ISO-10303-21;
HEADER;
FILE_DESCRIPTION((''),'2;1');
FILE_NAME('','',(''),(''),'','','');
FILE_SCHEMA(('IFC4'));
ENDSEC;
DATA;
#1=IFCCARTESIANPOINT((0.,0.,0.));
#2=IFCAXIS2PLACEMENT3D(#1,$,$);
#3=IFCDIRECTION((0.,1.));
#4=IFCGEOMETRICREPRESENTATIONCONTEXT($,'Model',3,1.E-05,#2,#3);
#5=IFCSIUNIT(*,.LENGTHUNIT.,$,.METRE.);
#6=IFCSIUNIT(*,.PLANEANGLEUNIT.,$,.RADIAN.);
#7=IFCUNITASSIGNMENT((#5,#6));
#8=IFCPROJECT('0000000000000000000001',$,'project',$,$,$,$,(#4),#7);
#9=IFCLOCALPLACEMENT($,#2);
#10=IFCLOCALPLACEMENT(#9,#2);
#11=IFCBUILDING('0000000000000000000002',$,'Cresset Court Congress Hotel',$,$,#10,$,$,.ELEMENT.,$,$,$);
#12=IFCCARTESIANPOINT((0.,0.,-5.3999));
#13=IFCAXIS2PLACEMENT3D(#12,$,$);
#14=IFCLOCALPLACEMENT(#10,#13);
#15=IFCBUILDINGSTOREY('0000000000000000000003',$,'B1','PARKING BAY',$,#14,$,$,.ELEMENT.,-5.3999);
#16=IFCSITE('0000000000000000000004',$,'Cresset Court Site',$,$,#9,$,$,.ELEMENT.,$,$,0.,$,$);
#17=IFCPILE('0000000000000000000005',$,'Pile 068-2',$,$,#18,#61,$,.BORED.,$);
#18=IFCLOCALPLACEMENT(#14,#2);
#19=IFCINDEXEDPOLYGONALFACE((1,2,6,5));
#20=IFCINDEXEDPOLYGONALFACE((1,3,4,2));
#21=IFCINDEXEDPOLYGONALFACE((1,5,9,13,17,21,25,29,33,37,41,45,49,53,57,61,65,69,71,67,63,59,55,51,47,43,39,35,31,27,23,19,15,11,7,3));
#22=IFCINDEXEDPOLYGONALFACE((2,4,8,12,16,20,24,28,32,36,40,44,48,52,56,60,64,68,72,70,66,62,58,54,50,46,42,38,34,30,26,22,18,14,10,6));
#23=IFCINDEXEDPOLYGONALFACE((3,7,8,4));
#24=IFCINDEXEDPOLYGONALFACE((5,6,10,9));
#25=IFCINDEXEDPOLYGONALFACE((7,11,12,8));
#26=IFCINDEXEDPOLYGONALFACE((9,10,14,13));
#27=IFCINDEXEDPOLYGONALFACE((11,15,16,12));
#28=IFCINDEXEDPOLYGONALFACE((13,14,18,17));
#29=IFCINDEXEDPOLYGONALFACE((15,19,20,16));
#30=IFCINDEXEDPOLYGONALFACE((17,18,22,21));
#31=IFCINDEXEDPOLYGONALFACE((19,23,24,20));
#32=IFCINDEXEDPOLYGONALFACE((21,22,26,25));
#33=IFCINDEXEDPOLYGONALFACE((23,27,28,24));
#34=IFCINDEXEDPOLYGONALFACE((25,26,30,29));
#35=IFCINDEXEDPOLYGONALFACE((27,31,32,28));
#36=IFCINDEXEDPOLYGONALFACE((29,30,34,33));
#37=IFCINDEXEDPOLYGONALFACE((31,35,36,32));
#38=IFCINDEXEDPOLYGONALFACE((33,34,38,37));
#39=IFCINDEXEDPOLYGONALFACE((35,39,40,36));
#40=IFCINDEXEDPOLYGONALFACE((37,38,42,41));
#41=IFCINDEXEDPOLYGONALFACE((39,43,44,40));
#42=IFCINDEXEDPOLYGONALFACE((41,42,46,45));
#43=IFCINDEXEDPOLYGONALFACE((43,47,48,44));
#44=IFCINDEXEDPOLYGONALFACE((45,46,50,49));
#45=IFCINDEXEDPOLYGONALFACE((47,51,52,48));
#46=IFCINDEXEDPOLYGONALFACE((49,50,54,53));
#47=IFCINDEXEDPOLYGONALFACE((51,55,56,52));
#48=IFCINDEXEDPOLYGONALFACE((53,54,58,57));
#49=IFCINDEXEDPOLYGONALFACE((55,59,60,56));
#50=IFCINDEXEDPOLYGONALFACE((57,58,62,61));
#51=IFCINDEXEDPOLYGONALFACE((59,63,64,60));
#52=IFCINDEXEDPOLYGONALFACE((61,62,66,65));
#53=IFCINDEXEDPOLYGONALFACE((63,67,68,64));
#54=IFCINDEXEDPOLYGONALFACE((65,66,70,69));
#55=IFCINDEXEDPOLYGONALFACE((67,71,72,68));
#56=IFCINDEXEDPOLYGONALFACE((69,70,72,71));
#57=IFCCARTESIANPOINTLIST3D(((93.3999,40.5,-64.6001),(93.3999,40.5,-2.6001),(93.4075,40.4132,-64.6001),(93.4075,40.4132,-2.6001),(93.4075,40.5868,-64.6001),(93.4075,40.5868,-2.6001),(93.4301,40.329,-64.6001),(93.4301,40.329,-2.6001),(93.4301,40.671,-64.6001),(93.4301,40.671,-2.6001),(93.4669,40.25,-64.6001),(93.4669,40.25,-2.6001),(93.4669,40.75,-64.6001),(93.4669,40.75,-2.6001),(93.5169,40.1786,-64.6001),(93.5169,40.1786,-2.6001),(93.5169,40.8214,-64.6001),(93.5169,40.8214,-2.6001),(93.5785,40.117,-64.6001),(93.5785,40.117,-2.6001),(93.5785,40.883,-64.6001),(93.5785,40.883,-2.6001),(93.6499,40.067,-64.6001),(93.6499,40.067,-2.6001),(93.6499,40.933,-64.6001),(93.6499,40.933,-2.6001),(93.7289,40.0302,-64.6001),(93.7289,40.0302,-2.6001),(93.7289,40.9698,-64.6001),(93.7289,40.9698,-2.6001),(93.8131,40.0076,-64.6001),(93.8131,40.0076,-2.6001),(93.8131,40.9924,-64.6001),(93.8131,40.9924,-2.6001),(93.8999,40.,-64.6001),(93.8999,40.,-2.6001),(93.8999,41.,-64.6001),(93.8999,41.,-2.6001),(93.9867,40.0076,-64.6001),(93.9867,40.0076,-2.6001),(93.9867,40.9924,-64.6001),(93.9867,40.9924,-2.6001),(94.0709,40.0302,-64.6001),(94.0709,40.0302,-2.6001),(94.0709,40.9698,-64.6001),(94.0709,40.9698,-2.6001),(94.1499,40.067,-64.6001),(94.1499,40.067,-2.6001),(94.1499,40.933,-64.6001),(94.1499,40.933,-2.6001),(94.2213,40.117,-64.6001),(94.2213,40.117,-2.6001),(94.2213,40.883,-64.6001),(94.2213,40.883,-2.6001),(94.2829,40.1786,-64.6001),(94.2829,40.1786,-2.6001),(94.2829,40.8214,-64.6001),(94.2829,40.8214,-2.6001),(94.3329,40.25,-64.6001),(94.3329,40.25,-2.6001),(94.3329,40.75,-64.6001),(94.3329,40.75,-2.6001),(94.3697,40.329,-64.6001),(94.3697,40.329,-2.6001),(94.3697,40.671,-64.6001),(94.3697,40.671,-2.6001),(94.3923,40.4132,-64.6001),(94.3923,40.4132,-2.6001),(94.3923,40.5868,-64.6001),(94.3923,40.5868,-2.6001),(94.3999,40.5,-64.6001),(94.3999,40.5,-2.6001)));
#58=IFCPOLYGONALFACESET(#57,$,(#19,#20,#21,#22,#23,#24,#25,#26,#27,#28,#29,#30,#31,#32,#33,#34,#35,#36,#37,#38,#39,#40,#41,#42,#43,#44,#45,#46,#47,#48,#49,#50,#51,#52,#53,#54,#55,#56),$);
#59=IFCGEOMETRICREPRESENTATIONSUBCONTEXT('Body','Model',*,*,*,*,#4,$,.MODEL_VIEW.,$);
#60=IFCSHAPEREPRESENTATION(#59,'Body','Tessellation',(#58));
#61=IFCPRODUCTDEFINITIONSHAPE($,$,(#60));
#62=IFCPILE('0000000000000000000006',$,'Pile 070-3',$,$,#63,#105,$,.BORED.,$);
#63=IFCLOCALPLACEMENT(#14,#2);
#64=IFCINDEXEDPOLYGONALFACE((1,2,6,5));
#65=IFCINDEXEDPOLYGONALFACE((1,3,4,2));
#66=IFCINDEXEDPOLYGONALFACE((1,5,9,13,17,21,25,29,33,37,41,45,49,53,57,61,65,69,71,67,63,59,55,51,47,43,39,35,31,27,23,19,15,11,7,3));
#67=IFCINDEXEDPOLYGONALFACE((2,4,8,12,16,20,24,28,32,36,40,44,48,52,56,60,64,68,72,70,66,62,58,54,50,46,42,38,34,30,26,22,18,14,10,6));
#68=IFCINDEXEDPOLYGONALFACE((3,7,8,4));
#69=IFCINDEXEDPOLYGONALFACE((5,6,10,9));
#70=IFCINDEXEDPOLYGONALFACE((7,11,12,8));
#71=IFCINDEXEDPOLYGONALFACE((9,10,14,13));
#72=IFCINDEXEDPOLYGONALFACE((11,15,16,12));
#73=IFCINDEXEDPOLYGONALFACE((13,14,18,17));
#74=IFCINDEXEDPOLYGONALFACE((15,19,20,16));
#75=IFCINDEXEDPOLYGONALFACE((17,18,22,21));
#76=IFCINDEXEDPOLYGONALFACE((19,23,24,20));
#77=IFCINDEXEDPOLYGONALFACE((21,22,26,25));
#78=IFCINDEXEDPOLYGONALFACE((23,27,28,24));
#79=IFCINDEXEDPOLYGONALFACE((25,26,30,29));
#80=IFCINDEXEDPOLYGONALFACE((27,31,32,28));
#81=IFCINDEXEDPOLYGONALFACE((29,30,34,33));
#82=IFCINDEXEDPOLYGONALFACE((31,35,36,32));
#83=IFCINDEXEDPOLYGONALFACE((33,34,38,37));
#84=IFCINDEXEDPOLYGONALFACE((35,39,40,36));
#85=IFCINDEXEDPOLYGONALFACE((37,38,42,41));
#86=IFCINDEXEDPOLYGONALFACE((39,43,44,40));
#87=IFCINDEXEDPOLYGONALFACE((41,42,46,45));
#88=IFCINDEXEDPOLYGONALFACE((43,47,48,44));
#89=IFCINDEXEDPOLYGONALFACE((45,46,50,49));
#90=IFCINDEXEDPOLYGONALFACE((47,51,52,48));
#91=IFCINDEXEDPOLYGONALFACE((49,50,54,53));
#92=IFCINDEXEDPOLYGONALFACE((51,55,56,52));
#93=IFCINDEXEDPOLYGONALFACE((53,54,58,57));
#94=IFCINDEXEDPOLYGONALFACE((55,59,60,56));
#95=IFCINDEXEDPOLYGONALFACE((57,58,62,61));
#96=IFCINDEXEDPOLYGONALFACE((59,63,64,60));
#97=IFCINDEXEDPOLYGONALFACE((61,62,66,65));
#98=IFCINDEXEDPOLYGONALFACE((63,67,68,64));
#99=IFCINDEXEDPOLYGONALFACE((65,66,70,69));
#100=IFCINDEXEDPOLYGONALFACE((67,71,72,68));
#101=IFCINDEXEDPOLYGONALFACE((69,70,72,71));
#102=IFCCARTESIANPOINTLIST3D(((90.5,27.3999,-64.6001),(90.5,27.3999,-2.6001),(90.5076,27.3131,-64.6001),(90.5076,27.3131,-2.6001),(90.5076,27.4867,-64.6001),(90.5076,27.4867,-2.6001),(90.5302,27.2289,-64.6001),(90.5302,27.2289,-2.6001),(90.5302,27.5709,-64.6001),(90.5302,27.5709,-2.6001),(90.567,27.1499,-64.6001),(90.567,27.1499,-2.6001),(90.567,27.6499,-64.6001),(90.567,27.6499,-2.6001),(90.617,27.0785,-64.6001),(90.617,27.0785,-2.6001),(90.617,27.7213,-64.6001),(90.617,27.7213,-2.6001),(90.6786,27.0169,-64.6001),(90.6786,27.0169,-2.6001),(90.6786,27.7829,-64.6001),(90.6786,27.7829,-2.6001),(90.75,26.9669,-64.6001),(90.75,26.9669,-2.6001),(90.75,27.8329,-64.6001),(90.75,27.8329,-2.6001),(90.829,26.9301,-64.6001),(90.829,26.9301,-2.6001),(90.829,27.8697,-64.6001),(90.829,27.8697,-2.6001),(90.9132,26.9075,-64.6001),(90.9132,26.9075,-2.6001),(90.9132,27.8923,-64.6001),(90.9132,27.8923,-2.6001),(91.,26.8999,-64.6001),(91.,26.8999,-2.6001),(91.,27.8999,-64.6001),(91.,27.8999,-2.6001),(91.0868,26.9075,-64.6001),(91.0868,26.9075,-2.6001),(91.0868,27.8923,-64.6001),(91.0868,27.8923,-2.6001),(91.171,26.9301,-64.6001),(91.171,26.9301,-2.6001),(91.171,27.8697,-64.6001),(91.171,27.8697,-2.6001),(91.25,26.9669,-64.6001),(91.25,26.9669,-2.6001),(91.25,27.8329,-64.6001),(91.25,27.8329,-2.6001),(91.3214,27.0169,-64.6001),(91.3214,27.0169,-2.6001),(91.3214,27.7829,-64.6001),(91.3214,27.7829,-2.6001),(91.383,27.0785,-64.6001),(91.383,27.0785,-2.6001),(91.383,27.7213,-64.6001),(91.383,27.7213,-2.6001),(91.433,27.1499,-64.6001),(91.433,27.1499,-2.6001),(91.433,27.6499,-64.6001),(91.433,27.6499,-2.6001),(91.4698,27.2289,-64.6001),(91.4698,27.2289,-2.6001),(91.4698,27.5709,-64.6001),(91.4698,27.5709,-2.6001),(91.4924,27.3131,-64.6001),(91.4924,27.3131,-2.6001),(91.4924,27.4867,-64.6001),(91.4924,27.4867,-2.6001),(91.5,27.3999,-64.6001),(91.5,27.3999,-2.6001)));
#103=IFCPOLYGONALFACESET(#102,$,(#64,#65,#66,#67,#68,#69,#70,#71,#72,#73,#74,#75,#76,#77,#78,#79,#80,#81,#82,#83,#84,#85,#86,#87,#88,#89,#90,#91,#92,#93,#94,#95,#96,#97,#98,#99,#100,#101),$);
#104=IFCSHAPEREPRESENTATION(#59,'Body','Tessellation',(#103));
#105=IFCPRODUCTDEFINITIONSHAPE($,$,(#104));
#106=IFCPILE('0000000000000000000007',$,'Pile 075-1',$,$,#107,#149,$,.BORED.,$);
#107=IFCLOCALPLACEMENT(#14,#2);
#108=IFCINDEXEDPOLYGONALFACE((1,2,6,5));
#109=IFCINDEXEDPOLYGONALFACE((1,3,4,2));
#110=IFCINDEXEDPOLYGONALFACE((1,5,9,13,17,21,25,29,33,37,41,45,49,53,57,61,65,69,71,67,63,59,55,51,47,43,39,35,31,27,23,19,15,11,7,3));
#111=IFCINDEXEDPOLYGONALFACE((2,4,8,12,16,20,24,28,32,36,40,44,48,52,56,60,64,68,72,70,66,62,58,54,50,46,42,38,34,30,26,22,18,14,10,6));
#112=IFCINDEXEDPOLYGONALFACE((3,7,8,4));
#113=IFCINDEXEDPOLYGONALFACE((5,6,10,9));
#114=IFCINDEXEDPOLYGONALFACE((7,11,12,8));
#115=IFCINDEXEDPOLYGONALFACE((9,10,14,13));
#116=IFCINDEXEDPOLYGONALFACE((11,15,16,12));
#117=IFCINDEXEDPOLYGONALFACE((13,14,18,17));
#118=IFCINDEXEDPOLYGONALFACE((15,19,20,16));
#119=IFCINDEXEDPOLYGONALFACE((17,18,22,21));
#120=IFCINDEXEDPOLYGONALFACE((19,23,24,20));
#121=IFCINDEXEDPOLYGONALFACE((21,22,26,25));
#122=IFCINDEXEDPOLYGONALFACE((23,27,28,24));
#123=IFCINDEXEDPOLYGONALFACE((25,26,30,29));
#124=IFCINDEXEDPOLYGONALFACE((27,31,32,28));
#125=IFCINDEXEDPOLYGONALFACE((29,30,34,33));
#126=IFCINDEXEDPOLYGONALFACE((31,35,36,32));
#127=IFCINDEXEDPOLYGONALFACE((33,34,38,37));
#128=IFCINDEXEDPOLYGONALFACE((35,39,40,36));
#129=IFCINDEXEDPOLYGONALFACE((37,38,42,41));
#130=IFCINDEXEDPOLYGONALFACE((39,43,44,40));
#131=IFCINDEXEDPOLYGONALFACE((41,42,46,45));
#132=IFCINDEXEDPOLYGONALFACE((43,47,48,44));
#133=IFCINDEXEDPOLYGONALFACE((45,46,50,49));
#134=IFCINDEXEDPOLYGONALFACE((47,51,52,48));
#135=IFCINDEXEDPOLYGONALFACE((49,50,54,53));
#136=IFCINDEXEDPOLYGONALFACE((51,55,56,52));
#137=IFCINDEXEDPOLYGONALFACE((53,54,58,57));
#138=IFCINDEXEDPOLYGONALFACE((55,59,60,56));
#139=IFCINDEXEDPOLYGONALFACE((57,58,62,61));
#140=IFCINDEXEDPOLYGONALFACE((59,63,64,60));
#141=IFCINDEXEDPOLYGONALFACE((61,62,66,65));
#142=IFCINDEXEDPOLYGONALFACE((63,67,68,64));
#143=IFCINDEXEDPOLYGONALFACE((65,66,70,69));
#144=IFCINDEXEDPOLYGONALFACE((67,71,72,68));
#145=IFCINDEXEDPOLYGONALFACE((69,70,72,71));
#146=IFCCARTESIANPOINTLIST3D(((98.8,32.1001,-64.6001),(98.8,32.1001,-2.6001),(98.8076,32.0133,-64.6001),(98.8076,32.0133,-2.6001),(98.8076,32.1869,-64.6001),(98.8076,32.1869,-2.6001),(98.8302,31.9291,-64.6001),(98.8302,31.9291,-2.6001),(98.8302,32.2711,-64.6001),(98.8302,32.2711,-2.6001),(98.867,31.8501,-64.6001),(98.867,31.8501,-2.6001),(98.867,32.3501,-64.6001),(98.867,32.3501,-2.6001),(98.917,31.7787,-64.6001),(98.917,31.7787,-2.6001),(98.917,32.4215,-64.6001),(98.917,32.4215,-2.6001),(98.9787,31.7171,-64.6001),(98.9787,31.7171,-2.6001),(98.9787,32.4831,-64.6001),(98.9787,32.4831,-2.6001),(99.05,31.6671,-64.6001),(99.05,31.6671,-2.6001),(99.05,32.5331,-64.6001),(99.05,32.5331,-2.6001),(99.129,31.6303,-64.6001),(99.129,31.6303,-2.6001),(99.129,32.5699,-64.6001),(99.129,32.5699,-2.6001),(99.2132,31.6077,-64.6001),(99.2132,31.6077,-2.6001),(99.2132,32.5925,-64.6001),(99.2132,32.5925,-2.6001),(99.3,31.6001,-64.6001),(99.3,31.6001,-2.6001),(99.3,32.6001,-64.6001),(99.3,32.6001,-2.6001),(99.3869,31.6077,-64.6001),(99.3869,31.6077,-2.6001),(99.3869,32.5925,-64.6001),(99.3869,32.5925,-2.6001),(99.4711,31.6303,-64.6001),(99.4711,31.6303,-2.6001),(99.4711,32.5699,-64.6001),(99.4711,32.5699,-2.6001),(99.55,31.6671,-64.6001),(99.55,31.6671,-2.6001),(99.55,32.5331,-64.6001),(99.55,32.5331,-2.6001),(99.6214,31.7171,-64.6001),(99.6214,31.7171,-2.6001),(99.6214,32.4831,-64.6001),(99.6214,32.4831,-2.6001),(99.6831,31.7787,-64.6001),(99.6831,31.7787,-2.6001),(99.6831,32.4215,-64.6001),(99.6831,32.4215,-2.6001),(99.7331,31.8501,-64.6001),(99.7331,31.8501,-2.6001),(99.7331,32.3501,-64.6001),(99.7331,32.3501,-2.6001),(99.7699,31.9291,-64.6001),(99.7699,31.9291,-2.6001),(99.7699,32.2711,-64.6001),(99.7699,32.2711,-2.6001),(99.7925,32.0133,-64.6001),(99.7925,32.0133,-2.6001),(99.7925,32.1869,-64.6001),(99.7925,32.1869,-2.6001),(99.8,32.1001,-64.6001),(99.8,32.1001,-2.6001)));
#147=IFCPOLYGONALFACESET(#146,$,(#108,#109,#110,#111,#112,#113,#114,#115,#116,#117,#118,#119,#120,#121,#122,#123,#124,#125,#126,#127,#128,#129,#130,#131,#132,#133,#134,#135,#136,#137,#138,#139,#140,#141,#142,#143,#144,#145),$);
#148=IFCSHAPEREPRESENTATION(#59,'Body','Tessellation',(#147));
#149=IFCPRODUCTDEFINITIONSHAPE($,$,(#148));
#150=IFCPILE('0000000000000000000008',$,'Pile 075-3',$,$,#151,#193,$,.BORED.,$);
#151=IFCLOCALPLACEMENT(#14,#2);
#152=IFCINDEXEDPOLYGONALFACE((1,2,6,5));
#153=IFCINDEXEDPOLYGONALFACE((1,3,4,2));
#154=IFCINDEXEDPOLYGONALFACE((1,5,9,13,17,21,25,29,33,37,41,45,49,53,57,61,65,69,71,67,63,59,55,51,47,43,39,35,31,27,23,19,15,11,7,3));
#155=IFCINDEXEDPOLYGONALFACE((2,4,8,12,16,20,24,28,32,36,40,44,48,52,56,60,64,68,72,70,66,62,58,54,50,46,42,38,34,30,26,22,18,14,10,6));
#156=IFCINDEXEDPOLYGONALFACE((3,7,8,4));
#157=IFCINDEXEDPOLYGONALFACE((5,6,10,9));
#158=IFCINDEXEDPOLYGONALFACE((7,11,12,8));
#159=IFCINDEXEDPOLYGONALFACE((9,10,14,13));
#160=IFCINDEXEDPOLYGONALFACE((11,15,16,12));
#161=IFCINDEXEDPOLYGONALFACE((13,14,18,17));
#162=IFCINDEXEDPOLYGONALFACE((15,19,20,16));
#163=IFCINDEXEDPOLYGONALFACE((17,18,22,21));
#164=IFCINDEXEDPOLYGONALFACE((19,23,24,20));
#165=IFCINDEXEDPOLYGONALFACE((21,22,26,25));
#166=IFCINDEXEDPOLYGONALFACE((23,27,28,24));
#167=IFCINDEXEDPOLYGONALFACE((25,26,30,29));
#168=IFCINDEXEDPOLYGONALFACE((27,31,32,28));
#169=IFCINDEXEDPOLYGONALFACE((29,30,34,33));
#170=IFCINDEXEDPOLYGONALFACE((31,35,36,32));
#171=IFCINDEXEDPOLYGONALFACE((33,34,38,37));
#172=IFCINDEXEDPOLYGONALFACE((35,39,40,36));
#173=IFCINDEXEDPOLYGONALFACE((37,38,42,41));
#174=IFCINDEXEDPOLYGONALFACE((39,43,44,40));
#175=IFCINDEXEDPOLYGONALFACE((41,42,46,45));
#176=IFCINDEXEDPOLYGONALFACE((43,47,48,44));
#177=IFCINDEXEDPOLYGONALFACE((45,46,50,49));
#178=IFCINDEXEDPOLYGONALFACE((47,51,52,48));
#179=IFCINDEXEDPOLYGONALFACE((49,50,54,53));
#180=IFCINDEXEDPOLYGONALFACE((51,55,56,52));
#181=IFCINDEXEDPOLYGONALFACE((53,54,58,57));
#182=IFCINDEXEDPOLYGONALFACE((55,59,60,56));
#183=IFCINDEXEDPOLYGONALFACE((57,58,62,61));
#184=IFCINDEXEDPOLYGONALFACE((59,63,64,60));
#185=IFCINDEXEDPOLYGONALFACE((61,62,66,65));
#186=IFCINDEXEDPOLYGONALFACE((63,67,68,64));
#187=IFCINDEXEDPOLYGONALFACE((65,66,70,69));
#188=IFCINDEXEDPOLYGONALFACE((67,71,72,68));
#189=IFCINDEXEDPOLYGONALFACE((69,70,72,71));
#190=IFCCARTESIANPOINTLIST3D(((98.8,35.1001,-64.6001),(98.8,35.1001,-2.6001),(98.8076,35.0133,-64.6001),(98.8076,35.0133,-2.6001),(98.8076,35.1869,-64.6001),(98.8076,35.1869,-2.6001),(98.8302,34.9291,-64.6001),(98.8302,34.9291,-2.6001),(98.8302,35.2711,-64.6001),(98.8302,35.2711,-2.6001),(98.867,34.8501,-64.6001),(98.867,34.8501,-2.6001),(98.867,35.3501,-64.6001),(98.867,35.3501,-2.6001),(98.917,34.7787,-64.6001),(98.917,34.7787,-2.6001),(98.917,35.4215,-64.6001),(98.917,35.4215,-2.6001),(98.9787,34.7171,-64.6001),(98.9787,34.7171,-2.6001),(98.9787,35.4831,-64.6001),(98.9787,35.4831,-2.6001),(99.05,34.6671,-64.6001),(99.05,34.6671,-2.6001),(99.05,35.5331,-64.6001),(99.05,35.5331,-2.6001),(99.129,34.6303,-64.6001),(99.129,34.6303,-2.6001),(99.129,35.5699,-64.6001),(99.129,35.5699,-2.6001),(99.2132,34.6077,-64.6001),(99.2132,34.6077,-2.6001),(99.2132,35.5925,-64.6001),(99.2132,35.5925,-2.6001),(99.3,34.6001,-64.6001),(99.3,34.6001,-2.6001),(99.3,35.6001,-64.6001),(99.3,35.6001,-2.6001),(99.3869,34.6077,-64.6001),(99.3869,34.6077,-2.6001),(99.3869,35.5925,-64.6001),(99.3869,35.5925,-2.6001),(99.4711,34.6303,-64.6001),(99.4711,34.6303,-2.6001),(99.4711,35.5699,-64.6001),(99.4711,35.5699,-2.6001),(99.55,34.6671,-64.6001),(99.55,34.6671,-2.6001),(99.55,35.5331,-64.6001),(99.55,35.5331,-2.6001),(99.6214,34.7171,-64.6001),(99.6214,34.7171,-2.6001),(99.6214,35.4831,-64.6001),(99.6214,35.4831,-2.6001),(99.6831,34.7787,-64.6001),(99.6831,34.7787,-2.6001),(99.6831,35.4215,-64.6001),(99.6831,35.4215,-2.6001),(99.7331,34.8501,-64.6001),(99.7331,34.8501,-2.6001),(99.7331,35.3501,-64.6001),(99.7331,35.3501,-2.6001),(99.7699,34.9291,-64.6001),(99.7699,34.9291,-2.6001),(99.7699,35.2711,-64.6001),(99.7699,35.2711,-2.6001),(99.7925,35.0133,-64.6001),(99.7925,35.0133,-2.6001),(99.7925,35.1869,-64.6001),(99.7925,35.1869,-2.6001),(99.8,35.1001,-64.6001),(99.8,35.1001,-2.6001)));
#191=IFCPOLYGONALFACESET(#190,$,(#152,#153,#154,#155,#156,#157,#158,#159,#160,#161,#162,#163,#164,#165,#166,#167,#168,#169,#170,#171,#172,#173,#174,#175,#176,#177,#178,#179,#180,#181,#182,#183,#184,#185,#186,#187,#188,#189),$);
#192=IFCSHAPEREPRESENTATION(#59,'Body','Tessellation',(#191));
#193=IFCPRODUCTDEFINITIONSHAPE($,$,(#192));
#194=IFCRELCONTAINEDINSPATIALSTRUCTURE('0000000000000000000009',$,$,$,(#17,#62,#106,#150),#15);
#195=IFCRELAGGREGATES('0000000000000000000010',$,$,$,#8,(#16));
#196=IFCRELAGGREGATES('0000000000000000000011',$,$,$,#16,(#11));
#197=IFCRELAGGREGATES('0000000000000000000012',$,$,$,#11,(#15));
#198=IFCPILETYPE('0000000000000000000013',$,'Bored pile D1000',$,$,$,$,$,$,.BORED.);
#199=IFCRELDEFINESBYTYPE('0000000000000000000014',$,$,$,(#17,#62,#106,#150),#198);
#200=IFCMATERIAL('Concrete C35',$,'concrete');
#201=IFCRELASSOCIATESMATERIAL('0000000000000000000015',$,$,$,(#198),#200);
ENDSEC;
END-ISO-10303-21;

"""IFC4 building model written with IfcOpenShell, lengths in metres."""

from ifc_helpers import new_model, si_unit, direction, frame, origin, origin_2d, place, context, subcontext, project, spatial, circle, extrude, material, type_object, element, save


model = new_model("IFC4")

# Units and contexts
model_context = context("Model", 3, precision=1e-05, world=origin(), true_north=direction((0.0, 1.0)))
body_context = subcontext(model_context, "Body", "Model", "MODEL_VIEW")
ifc_project = project(units=[si_unit("LENGTHUNIT", "METRE"), si_unit("PLANEANGLEUNIT", "RADIAN")], contexts=[model_context])

# Site, building, storey
site_placement = place(None, origin())
site = spatial("IfcSite", under=ifc_project, at=site_placement, Name="Cresset Court Site", CompositionType="ELEMENT", RefElevation=0.0)
building_placement = place(site_placement, origin())
building = spatial("IfcBuilding", under=site, at=building_placement, Name="Cresset Court Congress Hotel", CompositionType="ELEMENT")
storey_placement = place(building_placement, frame((0.0, 0.0, -5.3999)))
storey = spatial("IfcBuildingStorey", under=building, at=storey_placement, Name="B1", Description="PARKING BAY", CompositionType="ELEMENT", Elevation=-5.3999)

# Piles
ifc_material_1 = material(Name="Concrete C35", Category="concrete")
pile_type = type_object("IfcPileType", Name="Bored pile D1000", PredefinedType="BORED", material=ifc_material_1)
for number, where, z_axis, x_axis, name in (
    (1, (93.8999, 40.5, -2.6001), (0.0, 0.0, -1.0), (1.0, 0.0, 0.0), "Pile 068-2"),
    (2, (91.0, 27.3999, -2.6001), (0.0, 0.0, -1.0), (1.0, 0.0, 0.0), "Pile 070-3"),
    (3, (99.3, 32.1001, -2.6001), (0.0, 0.0, -1.0), (1.0, 0.0, 0.0), "Pile 075-1"),
    (4, (99.3, 35.1001, -2.6001), (0.0, 0.0, -1.0), (1.0, 0.0, 0.0), "Pile 075-3"),
):
    element("IfcPile", number, at=place(storey_placement, frame(where, z_axis=z_axis, x_axis=x_axis)), inside=storey, type_object=pile_type, Name=name, PredefinedType="BORED", context=body_context, shape_type="SweptSolid", body=[
        extrude(circle(Radius=0.5, at=origin_2d()), origin(), (0.0, 0.0, 1.0), 62.0),
    ])

save(model, "model.ifc")
